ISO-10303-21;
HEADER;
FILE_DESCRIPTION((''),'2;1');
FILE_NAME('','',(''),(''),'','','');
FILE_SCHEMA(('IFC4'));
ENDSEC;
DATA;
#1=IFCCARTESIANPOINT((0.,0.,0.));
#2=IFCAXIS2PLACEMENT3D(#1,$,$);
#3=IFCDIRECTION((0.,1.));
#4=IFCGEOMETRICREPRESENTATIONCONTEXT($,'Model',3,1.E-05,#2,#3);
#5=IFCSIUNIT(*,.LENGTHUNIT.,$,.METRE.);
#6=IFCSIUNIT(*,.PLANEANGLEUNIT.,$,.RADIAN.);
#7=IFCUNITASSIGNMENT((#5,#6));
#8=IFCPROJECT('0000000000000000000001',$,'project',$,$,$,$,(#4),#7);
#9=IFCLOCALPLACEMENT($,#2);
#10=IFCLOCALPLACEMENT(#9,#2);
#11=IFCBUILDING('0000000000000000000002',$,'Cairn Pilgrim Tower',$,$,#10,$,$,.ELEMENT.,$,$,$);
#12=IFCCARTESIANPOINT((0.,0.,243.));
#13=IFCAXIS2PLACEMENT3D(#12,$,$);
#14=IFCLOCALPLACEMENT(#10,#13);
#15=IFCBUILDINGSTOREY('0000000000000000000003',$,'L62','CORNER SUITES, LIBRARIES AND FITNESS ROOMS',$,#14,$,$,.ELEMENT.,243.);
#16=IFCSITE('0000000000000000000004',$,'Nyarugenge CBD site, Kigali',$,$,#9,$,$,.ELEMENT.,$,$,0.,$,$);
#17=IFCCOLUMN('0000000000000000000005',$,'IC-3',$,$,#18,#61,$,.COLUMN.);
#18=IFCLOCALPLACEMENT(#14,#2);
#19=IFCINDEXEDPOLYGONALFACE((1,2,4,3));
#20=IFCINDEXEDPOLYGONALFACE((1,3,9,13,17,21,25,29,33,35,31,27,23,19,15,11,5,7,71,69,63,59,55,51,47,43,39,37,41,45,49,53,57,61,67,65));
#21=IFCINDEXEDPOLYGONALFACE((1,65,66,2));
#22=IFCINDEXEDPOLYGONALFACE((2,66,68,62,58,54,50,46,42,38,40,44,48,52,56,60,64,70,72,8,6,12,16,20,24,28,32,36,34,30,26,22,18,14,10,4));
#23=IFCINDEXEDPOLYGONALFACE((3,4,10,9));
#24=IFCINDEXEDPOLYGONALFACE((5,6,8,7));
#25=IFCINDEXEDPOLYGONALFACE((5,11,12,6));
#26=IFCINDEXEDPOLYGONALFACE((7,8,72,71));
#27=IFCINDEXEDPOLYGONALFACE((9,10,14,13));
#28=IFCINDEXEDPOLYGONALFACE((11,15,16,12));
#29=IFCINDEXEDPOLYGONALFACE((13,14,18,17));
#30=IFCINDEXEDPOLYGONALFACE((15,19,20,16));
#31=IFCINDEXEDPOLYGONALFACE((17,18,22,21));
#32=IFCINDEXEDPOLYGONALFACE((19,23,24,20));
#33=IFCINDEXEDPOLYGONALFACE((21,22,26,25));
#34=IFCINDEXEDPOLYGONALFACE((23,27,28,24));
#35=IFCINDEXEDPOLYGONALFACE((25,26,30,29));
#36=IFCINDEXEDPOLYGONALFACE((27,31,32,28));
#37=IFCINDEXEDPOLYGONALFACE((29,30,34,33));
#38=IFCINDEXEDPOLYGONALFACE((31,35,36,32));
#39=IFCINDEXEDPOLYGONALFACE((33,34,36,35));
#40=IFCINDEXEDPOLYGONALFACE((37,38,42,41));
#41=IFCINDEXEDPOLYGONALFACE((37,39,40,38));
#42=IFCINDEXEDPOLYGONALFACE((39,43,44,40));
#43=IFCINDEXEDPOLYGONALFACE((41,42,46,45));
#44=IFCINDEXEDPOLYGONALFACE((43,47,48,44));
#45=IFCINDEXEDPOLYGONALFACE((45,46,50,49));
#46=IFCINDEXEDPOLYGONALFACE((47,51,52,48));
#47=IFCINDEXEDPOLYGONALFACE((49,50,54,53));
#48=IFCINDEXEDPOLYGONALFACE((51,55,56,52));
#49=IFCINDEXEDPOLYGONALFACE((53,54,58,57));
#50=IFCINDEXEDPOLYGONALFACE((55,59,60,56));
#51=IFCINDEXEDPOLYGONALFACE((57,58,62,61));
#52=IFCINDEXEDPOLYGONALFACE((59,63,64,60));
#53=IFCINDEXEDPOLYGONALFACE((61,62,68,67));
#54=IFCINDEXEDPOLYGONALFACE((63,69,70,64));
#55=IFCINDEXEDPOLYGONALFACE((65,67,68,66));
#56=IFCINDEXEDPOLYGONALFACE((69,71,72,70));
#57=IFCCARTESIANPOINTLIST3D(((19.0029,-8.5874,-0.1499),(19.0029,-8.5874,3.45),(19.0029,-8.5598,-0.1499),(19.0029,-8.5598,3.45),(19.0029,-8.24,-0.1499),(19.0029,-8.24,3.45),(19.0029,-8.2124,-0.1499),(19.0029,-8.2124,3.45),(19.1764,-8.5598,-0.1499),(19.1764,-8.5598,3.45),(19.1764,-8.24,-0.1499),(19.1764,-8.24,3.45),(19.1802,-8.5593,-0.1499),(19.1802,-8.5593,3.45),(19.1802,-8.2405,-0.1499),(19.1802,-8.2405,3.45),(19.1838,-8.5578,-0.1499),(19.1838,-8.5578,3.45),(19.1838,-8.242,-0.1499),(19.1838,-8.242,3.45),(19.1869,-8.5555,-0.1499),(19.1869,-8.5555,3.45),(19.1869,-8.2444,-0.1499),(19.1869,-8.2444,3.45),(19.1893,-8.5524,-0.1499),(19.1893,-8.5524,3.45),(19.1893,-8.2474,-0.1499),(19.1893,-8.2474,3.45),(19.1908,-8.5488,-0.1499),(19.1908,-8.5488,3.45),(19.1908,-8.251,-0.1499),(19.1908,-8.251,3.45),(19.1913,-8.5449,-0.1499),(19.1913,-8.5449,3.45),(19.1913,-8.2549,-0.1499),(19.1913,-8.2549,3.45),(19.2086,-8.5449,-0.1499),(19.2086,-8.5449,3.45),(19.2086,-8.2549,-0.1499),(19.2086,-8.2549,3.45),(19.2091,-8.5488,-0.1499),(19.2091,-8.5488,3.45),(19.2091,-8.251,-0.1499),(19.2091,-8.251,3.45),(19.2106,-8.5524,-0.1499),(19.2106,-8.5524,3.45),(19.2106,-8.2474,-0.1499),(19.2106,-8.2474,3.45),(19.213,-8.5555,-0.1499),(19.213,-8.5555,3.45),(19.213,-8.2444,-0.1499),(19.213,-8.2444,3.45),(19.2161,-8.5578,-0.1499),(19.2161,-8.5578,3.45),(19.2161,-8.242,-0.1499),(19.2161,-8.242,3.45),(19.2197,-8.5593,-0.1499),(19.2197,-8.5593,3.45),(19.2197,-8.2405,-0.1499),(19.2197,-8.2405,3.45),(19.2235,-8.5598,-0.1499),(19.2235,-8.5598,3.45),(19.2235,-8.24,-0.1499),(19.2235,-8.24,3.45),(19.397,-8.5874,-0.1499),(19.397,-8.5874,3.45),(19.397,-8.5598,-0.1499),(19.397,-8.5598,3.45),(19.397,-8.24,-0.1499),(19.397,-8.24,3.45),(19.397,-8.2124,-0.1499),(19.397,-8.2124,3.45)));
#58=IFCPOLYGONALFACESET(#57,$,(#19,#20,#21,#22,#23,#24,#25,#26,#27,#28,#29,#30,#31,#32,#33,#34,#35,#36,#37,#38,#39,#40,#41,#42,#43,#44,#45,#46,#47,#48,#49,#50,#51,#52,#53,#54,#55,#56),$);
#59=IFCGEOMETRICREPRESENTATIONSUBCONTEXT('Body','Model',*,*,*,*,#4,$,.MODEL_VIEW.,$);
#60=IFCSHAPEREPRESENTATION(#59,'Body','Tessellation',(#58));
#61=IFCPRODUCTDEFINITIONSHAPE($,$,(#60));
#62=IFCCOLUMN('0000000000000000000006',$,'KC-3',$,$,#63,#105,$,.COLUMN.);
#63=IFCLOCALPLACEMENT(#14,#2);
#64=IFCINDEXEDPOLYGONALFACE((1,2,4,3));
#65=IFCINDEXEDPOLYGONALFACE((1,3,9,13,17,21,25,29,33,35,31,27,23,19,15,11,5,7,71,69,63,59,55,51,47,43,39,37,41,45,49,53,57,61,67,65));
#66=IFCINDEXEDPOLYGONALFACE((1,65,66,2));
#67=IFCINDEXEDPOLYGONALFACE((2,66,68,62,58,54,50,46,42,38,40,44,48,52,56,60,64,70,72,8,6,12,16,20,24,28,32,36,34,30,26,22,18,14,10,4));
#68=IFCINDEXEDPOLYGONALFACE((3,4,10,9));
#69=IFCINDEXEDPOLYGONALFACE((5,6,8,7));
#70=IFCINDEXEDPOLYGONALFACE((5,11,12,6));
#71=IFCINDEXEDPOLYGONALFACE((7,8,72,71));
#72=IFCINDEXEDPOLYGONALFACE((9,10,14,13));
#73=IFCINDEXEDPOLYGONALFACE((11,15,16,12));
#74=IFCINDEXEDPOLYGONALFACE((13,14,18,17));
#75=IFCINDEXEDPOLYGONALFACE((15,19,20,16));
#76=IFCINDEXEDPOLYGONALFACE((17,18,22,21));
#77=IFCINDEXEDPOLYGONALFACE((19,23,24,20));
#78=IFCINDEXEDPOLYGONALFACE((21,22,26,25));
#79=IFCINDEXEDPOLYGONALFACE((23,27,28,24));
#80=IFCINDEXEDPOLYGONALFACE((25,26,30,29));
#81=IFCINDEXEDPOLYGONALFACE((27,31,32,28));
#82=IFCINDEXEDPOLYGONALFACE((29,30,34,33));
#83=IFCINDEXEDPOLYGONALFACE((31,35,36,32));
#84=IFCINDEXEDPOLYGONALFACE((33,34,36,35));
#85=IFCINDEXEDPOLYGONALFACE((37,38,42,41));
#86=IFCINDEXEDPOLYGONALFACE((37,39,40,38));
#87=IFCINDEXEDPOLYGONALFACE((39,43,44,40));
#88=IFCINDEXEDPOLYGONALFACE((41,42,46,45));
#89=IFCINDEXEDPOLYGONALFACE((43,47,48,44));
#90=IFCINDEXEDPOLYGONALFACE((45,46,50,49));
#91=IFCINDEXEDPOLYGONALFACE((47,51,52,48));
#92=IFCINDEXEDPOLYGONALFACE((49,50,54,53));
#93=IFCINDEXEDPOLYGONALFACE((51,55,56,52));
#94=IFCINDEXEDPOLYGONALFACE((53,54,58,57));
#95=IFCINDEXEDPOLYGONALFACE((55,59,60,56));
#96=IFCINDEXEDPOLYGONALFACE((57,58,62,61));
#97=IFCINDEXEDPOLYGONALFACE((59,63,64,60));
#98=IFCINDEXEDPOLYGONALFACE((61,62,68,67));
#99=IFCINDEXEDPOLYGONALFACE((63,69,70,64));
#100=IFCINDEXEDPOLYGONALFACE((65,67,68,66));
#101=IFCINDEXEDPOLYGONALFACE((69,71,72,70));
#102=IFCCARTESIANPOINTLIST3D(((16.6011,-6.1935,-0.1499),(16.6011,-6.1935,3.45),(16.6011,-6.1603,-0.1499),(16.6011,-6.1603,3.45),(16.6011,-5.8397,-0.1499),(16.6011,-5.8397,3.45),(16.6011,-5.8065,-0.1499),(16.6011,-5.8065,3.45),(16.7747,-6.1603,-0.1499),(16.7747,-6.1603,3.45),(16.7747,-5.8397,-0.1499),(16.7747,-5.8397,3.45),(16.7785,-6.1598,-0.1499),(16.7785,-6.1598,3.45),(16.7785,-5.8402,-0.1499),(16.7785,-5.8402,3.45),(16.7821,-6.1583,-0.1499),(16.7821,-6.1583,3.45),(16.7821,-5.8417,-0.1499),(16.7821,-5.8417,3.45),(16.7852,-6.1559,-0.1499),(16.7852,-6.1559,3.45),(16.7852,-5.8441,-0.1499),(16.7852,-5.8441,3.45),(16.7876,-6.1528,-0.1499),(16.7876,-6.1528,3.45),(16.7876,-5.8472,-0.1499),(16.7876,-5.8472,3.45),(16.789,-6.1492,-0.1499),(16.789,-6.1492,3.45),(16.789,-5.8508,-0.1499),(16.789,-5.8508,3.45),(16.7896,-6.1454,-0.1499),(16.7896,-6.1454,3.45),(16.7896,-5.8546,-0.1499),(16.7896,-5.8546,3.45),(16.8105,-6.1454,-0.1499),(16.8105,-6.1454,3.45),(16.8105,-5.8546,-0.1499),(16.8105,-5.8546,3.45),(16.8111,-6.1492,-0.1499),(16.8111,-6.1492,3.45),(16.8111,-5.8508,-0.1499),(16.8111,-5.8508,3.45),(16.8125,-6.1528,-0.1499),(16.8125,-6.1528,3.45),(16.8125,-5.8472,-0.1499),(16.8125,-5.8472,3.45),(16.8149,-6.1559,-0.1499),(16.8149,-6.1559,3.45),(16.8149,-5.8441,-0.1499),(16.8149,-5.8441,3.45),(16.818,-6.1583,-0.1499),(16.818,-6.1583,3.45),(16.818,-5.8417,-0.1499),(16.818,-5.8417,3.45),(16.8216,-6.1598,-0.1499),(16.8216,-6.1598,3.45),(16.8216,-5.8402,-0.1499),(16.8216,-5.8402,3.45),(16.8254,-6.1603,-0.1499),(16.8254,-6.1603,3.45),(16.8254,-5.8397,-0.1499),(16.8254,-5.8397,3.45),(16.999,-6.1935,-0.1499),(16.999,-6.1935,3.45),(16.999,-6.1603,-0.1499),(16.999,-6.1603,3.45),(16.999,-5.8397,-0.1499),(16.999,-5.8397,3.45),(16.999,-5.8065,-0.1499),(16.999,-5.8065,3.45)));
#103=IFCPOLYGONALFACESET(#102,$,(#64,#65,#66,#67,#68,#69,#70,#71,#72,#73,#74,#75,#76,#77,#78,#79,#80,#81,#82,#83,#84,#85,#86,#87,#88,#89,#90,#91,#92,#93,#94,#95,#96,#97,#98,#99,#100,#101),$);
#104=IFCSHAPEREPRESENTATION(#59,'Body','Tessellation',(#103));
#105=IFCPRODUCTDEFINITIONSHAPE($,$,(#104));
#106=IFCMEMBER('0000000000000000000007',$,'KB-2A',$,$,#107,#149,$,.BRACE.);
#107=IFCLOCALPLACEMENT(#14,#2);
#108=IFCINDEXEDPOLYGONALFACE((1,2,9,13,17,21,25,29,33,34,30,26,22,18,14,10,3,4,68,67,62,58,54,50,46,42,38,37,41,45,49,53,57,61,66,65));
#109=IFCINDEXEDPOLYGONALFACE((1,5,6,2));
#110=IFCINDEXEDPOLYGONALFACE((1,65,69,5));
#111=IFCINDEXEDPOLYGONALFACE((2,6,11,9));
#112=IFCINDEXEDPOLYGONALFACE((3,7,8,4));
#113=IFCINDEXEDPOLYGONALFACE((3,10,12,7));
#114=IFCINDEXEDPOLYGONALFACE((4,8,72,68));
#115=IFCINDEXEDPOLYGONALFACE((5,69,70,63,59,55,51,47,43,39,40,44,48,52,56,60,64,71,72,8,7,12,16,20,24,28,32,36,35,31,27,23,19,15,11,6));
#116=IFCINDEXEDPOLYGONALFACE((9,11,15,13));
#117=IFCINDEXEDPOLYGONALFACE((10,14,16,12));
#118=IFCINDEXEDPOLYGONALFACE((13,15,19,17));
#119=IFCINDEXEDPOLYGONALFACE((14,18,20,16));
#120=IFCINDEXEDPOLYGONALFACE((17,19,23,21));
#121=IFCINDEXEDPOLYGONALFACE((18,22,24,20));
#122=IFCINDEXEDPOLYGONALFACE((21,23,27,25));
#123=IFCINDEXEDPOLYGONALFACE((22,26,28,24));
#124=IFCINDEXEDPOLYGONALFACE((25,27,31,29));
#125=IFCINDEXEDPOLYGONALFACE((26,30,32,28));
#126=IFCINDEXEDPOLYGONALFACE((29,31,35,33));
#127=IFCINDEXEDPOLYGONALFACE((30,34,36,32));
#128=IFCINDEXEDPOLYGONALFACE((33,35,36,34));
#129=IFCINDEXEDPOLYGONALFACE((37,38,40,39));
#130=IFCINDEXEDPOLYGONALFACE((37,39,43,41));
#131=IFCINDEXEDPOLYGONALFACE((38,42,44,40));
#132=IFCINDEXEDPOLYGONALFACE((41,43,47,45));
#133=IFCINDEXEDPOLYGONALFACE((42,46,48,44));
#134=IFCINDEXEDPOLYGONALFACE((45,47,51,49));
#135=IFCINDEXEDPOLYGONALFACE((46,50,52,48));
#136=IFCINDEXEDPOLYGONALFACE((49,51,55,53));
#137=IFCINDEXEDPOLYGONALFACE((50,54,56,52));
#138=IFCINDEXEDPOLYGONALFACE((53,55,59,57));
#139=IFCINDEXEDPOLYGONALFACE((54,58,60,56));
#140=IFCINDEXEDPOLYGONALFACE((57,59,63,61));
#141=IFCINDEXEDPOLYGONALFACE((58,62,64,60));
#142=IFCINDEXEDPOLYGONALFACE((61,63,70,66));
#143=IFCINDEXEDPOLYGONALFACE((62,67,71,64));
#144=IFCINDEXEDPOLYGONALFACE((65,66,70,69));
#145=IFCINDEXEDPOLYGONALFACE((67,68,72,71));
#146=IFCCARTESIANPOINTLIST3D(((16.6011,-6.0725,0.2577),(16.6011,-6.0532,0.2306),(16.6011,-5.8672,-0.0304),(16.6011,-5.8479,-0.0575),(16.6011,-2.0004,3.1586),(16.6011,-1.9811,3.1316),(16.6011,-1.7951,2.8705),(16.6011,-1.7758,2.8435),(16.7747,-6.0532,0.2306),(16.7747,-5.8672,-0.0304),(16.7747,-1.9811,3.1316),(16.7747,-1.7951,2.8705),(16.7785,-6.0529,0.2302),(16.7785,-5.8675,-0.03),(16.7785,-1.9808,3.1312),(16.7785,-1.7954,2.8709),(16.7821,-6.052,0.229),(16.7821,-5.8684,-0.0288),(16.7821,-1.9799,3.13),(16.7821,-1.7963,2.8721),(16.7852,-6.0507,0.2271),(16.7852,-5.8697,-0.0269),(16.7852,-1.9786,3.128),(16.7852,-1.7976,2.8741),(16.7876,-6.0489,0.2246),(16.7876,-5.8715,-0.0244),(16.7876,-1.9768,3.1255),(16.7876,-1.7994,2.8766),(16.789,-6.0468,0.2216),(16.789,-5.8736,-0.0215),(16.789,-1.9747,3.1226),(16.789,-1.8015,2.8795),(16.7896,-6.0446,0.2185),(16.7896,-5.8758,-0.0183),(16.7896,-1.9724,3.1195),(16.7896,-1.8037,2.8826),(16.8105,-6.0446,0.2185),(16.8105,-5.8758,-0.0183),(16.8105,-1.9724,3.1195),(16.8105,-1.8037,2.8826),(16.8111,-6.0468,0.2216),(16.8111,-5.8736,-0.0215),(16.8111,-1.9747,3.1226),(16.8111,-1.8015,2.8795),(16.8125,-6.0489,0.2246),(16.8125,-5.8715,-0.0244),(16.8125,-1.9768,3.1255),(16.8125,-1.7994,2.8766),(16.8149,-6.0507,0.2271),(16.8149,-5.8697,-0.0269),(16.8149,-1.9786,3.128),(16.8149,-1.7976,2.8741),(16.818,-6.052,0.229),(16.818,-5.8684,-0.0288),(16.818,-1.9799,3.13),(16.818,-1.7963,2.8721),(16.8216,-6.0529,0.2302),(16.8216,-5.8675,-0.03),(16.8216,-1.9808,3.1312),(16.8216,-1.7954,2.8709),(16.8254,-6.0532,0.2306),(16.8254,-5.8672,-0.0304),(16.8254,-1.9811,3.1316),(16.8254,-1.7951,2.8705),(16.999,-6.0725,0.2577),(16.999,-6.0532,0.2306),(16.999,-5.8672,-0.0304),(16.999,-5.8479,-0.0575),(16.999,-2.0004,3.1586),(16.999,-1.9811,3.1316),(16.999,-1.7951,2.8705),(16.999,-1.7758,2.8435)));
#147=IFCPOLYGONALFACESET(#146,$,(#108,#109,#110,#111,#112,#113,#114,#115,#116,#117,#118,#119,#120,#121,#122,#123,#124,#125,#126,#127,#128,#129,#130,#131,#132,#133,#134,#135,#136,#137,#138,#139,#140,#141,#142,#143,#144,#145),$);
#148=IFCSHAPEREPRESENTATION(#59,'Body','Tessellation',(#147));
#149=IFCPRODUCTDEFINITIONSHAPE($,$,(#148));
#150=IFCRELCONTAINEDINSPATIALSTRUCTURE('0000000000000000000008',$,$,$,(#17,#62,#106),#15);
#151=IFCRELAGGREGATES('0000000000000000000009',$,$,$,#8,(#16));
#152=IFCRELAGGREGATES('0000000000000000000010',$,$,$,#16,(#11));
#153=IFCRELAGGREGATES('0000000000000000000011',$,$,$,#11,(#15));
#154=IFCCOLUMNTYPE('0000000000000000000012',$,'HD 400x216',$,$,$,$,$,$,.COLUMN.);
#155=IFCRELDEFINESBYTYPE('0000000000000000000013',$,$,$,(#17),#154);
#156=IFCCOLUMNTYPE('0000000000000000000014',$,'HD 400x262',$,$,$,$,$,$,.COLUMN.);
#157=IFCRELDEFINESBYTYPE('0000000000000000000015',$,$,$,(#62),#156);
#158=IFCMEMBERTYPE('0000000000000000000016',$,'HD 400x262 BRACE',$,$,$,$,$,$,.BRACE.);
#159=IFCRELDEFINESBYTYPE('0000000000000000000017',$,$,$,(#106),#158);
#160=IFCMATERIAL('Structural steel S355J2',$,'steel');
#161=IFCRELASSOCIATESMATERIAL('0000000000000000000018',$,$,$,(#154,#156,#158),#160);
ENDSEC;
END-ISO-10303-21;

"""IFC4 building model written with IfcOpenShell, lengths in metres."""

from ifc_helpers import new_model, si_unit, direction, frame, origin, origin_2d, place, context, subcontext, project, spatial, i_section, extrude, material, material_profile, profile_set, type_object, element, save


model = new_model("IFC4")

# Units and contexts
model_context = context("Model", 3, precision=1e-05, world=origin(), true_north=direction((0.0, 1.0)))
body_context = subcontext(model_context, "Body", "Model", "MODEL_VIEW")
ifc_project = project(units=[si_unit("LENGTHUNIT", "METRE"), si_unit("PLANEANGLEUNIT", "RADIAN")], contexts=[model_context])

# Site, building, storey
site_placement = place(None, origin())
site = spatial("IfcSite", under=ifc_project, at=site_placement, Name="Nyarugenge CBD site, Kigali", CompositionType="ELEMENT", RefElevation=0.0)
building_placement = place(site_placement, origin())
building = spatial("IfcBuilding", under=site, at=building_placement, Name="Cairn Pilgrim Tower", CompositionType="ELEMENT")
storey_placement = place(building_placement, frame((0.0, 0.0, 243.0)))
storey = spatial("IfcBuildingStorey", under=building, at=storey_placement, Name="L62", Description="CORNER SUITES, LIBRARIES AND FITNESS ROOMS", CompositionType="ELEMENT", Elevation=243.0)

# Columns
ifc_material_1 = material(Name="Structural steel S355J2", Category="steel")
ifc_material_profile_1 = material_profile(ifc_material_1, i_section(OverallWidth=0.394, OverallDepth=0.375, WebThickness=0.0173, FlangeThickness=0.0276, FilletRadius=0.0149, at=origin_2d()), Name="HD 400x216")
ifc_profile_set_1 = profile_set([ifc_material_profile_1], Name="Structural steel S355J2")
column_type_1 = type_object("IfcColumnType", Name="HD 400x216", PredefinedType="COLUMN", material=ifc_profile_set_1)
column_1_placement = place(storey_placement, frame((19.2, -8.3999, -0.1499), z_axis=(0.0, 0.0, 1.0), x_axis=(1.0, 0.0, 0.0)))
element("IfcColumn", 1, at=column_1_placement, inside=storey, type_object=column_type_1, Name="IC-3", PredefinedType="COLUMN", context=body_context, shape_type="SweptSolid", body=[
    extrude(i_section(OverallWidth=0.394, OverallDepth=0.375, WebThickness=0.0173, FlangeThickness=0.0276, FilletRadius=0.0149, at=origin_2d()), origin(), (0.0, 0.0, 1.0), 3.5999),
])
ifc_material_profile_2 = material_profile(ifc_material_1, i_section(OverallWidth=0.3979, OverallDepth=0.387, WebThickness=0.021, FlangeThickness=0.0332, FilletRadius=0.0149, at=origin_2d()), Name="HD 400x262")
ifc_profile_set_2 = profile_set([ifc_material_profile_2], Name="Structural steel S355J2")
column_type_2 = type_object("IfcColumnType", Name="HD 400x262", PredefinedType="COLUMN", material=ifc_profile_set_2)
column_2_placement = place(storey_placement, frame((16.8, -6.0, -0.1499), z_axis=(0.0, 0.0, 1.0), x_axis=(1.0, 0.0, 0.0)))
element("IfcColumn", 2, at=column_2_placement, inside=storey, type_object=column_type_2, Name="KC-3", PredefinedType="COLUMN", context=body_context, shape_type="SweptSolid", body=[
    extrude(i_section(OverallWidth=0.3979, OverallDepth=0.387, WebThickness=0.021, FlangeThickness=0.0332, FilletRadius=0.0149, at=origin_2d()), origin(), (0.0, 0.0, 1.0), 3.5999),
])

# Member
ifc_material_profile_3 = material_profile(ifc_material_1, i_section(OverallWidth=0.3979, OverallDepth=0.387, WebThickness=0.021, FlangeThickness=0.0332, FilletRadius=0.0149, at=origin_2d()), Name="HD 400x262")
ifc_profile_set_3 = profile_set([ifc_material_profile_3], Name="Structural steel S355J2")
member_type = type_object("IfcMemberType", Name="HD 400x262 BRACE", PredefinedType="BRACE", material=ifc_profile_set_3)
member_placement = place(storey_placement, frame((16.8, -5.9602, 0.1001), z_axis=(0.0, 0.814462, 0.580217), x_axis=(-1.0, 0.0, 0.0)))
element("IfcMember", 3, at=member_placement, inside=storey, type_object=member_type, Name="KB-2A", PredefinedType="BRACE", context=body_context, shape_type="SweptSolid", body=[
    extrude(i_section(OverallWidth=0.3979, OverallDepth=0.387, WebThickness=0.021, FlangeThickness=0.0332, FilletRadius=0.0149, at=origin_2d()), origin(), (0.0, 0.0, 1.0), 4.9998),
])

save(model, "model.ifc")
